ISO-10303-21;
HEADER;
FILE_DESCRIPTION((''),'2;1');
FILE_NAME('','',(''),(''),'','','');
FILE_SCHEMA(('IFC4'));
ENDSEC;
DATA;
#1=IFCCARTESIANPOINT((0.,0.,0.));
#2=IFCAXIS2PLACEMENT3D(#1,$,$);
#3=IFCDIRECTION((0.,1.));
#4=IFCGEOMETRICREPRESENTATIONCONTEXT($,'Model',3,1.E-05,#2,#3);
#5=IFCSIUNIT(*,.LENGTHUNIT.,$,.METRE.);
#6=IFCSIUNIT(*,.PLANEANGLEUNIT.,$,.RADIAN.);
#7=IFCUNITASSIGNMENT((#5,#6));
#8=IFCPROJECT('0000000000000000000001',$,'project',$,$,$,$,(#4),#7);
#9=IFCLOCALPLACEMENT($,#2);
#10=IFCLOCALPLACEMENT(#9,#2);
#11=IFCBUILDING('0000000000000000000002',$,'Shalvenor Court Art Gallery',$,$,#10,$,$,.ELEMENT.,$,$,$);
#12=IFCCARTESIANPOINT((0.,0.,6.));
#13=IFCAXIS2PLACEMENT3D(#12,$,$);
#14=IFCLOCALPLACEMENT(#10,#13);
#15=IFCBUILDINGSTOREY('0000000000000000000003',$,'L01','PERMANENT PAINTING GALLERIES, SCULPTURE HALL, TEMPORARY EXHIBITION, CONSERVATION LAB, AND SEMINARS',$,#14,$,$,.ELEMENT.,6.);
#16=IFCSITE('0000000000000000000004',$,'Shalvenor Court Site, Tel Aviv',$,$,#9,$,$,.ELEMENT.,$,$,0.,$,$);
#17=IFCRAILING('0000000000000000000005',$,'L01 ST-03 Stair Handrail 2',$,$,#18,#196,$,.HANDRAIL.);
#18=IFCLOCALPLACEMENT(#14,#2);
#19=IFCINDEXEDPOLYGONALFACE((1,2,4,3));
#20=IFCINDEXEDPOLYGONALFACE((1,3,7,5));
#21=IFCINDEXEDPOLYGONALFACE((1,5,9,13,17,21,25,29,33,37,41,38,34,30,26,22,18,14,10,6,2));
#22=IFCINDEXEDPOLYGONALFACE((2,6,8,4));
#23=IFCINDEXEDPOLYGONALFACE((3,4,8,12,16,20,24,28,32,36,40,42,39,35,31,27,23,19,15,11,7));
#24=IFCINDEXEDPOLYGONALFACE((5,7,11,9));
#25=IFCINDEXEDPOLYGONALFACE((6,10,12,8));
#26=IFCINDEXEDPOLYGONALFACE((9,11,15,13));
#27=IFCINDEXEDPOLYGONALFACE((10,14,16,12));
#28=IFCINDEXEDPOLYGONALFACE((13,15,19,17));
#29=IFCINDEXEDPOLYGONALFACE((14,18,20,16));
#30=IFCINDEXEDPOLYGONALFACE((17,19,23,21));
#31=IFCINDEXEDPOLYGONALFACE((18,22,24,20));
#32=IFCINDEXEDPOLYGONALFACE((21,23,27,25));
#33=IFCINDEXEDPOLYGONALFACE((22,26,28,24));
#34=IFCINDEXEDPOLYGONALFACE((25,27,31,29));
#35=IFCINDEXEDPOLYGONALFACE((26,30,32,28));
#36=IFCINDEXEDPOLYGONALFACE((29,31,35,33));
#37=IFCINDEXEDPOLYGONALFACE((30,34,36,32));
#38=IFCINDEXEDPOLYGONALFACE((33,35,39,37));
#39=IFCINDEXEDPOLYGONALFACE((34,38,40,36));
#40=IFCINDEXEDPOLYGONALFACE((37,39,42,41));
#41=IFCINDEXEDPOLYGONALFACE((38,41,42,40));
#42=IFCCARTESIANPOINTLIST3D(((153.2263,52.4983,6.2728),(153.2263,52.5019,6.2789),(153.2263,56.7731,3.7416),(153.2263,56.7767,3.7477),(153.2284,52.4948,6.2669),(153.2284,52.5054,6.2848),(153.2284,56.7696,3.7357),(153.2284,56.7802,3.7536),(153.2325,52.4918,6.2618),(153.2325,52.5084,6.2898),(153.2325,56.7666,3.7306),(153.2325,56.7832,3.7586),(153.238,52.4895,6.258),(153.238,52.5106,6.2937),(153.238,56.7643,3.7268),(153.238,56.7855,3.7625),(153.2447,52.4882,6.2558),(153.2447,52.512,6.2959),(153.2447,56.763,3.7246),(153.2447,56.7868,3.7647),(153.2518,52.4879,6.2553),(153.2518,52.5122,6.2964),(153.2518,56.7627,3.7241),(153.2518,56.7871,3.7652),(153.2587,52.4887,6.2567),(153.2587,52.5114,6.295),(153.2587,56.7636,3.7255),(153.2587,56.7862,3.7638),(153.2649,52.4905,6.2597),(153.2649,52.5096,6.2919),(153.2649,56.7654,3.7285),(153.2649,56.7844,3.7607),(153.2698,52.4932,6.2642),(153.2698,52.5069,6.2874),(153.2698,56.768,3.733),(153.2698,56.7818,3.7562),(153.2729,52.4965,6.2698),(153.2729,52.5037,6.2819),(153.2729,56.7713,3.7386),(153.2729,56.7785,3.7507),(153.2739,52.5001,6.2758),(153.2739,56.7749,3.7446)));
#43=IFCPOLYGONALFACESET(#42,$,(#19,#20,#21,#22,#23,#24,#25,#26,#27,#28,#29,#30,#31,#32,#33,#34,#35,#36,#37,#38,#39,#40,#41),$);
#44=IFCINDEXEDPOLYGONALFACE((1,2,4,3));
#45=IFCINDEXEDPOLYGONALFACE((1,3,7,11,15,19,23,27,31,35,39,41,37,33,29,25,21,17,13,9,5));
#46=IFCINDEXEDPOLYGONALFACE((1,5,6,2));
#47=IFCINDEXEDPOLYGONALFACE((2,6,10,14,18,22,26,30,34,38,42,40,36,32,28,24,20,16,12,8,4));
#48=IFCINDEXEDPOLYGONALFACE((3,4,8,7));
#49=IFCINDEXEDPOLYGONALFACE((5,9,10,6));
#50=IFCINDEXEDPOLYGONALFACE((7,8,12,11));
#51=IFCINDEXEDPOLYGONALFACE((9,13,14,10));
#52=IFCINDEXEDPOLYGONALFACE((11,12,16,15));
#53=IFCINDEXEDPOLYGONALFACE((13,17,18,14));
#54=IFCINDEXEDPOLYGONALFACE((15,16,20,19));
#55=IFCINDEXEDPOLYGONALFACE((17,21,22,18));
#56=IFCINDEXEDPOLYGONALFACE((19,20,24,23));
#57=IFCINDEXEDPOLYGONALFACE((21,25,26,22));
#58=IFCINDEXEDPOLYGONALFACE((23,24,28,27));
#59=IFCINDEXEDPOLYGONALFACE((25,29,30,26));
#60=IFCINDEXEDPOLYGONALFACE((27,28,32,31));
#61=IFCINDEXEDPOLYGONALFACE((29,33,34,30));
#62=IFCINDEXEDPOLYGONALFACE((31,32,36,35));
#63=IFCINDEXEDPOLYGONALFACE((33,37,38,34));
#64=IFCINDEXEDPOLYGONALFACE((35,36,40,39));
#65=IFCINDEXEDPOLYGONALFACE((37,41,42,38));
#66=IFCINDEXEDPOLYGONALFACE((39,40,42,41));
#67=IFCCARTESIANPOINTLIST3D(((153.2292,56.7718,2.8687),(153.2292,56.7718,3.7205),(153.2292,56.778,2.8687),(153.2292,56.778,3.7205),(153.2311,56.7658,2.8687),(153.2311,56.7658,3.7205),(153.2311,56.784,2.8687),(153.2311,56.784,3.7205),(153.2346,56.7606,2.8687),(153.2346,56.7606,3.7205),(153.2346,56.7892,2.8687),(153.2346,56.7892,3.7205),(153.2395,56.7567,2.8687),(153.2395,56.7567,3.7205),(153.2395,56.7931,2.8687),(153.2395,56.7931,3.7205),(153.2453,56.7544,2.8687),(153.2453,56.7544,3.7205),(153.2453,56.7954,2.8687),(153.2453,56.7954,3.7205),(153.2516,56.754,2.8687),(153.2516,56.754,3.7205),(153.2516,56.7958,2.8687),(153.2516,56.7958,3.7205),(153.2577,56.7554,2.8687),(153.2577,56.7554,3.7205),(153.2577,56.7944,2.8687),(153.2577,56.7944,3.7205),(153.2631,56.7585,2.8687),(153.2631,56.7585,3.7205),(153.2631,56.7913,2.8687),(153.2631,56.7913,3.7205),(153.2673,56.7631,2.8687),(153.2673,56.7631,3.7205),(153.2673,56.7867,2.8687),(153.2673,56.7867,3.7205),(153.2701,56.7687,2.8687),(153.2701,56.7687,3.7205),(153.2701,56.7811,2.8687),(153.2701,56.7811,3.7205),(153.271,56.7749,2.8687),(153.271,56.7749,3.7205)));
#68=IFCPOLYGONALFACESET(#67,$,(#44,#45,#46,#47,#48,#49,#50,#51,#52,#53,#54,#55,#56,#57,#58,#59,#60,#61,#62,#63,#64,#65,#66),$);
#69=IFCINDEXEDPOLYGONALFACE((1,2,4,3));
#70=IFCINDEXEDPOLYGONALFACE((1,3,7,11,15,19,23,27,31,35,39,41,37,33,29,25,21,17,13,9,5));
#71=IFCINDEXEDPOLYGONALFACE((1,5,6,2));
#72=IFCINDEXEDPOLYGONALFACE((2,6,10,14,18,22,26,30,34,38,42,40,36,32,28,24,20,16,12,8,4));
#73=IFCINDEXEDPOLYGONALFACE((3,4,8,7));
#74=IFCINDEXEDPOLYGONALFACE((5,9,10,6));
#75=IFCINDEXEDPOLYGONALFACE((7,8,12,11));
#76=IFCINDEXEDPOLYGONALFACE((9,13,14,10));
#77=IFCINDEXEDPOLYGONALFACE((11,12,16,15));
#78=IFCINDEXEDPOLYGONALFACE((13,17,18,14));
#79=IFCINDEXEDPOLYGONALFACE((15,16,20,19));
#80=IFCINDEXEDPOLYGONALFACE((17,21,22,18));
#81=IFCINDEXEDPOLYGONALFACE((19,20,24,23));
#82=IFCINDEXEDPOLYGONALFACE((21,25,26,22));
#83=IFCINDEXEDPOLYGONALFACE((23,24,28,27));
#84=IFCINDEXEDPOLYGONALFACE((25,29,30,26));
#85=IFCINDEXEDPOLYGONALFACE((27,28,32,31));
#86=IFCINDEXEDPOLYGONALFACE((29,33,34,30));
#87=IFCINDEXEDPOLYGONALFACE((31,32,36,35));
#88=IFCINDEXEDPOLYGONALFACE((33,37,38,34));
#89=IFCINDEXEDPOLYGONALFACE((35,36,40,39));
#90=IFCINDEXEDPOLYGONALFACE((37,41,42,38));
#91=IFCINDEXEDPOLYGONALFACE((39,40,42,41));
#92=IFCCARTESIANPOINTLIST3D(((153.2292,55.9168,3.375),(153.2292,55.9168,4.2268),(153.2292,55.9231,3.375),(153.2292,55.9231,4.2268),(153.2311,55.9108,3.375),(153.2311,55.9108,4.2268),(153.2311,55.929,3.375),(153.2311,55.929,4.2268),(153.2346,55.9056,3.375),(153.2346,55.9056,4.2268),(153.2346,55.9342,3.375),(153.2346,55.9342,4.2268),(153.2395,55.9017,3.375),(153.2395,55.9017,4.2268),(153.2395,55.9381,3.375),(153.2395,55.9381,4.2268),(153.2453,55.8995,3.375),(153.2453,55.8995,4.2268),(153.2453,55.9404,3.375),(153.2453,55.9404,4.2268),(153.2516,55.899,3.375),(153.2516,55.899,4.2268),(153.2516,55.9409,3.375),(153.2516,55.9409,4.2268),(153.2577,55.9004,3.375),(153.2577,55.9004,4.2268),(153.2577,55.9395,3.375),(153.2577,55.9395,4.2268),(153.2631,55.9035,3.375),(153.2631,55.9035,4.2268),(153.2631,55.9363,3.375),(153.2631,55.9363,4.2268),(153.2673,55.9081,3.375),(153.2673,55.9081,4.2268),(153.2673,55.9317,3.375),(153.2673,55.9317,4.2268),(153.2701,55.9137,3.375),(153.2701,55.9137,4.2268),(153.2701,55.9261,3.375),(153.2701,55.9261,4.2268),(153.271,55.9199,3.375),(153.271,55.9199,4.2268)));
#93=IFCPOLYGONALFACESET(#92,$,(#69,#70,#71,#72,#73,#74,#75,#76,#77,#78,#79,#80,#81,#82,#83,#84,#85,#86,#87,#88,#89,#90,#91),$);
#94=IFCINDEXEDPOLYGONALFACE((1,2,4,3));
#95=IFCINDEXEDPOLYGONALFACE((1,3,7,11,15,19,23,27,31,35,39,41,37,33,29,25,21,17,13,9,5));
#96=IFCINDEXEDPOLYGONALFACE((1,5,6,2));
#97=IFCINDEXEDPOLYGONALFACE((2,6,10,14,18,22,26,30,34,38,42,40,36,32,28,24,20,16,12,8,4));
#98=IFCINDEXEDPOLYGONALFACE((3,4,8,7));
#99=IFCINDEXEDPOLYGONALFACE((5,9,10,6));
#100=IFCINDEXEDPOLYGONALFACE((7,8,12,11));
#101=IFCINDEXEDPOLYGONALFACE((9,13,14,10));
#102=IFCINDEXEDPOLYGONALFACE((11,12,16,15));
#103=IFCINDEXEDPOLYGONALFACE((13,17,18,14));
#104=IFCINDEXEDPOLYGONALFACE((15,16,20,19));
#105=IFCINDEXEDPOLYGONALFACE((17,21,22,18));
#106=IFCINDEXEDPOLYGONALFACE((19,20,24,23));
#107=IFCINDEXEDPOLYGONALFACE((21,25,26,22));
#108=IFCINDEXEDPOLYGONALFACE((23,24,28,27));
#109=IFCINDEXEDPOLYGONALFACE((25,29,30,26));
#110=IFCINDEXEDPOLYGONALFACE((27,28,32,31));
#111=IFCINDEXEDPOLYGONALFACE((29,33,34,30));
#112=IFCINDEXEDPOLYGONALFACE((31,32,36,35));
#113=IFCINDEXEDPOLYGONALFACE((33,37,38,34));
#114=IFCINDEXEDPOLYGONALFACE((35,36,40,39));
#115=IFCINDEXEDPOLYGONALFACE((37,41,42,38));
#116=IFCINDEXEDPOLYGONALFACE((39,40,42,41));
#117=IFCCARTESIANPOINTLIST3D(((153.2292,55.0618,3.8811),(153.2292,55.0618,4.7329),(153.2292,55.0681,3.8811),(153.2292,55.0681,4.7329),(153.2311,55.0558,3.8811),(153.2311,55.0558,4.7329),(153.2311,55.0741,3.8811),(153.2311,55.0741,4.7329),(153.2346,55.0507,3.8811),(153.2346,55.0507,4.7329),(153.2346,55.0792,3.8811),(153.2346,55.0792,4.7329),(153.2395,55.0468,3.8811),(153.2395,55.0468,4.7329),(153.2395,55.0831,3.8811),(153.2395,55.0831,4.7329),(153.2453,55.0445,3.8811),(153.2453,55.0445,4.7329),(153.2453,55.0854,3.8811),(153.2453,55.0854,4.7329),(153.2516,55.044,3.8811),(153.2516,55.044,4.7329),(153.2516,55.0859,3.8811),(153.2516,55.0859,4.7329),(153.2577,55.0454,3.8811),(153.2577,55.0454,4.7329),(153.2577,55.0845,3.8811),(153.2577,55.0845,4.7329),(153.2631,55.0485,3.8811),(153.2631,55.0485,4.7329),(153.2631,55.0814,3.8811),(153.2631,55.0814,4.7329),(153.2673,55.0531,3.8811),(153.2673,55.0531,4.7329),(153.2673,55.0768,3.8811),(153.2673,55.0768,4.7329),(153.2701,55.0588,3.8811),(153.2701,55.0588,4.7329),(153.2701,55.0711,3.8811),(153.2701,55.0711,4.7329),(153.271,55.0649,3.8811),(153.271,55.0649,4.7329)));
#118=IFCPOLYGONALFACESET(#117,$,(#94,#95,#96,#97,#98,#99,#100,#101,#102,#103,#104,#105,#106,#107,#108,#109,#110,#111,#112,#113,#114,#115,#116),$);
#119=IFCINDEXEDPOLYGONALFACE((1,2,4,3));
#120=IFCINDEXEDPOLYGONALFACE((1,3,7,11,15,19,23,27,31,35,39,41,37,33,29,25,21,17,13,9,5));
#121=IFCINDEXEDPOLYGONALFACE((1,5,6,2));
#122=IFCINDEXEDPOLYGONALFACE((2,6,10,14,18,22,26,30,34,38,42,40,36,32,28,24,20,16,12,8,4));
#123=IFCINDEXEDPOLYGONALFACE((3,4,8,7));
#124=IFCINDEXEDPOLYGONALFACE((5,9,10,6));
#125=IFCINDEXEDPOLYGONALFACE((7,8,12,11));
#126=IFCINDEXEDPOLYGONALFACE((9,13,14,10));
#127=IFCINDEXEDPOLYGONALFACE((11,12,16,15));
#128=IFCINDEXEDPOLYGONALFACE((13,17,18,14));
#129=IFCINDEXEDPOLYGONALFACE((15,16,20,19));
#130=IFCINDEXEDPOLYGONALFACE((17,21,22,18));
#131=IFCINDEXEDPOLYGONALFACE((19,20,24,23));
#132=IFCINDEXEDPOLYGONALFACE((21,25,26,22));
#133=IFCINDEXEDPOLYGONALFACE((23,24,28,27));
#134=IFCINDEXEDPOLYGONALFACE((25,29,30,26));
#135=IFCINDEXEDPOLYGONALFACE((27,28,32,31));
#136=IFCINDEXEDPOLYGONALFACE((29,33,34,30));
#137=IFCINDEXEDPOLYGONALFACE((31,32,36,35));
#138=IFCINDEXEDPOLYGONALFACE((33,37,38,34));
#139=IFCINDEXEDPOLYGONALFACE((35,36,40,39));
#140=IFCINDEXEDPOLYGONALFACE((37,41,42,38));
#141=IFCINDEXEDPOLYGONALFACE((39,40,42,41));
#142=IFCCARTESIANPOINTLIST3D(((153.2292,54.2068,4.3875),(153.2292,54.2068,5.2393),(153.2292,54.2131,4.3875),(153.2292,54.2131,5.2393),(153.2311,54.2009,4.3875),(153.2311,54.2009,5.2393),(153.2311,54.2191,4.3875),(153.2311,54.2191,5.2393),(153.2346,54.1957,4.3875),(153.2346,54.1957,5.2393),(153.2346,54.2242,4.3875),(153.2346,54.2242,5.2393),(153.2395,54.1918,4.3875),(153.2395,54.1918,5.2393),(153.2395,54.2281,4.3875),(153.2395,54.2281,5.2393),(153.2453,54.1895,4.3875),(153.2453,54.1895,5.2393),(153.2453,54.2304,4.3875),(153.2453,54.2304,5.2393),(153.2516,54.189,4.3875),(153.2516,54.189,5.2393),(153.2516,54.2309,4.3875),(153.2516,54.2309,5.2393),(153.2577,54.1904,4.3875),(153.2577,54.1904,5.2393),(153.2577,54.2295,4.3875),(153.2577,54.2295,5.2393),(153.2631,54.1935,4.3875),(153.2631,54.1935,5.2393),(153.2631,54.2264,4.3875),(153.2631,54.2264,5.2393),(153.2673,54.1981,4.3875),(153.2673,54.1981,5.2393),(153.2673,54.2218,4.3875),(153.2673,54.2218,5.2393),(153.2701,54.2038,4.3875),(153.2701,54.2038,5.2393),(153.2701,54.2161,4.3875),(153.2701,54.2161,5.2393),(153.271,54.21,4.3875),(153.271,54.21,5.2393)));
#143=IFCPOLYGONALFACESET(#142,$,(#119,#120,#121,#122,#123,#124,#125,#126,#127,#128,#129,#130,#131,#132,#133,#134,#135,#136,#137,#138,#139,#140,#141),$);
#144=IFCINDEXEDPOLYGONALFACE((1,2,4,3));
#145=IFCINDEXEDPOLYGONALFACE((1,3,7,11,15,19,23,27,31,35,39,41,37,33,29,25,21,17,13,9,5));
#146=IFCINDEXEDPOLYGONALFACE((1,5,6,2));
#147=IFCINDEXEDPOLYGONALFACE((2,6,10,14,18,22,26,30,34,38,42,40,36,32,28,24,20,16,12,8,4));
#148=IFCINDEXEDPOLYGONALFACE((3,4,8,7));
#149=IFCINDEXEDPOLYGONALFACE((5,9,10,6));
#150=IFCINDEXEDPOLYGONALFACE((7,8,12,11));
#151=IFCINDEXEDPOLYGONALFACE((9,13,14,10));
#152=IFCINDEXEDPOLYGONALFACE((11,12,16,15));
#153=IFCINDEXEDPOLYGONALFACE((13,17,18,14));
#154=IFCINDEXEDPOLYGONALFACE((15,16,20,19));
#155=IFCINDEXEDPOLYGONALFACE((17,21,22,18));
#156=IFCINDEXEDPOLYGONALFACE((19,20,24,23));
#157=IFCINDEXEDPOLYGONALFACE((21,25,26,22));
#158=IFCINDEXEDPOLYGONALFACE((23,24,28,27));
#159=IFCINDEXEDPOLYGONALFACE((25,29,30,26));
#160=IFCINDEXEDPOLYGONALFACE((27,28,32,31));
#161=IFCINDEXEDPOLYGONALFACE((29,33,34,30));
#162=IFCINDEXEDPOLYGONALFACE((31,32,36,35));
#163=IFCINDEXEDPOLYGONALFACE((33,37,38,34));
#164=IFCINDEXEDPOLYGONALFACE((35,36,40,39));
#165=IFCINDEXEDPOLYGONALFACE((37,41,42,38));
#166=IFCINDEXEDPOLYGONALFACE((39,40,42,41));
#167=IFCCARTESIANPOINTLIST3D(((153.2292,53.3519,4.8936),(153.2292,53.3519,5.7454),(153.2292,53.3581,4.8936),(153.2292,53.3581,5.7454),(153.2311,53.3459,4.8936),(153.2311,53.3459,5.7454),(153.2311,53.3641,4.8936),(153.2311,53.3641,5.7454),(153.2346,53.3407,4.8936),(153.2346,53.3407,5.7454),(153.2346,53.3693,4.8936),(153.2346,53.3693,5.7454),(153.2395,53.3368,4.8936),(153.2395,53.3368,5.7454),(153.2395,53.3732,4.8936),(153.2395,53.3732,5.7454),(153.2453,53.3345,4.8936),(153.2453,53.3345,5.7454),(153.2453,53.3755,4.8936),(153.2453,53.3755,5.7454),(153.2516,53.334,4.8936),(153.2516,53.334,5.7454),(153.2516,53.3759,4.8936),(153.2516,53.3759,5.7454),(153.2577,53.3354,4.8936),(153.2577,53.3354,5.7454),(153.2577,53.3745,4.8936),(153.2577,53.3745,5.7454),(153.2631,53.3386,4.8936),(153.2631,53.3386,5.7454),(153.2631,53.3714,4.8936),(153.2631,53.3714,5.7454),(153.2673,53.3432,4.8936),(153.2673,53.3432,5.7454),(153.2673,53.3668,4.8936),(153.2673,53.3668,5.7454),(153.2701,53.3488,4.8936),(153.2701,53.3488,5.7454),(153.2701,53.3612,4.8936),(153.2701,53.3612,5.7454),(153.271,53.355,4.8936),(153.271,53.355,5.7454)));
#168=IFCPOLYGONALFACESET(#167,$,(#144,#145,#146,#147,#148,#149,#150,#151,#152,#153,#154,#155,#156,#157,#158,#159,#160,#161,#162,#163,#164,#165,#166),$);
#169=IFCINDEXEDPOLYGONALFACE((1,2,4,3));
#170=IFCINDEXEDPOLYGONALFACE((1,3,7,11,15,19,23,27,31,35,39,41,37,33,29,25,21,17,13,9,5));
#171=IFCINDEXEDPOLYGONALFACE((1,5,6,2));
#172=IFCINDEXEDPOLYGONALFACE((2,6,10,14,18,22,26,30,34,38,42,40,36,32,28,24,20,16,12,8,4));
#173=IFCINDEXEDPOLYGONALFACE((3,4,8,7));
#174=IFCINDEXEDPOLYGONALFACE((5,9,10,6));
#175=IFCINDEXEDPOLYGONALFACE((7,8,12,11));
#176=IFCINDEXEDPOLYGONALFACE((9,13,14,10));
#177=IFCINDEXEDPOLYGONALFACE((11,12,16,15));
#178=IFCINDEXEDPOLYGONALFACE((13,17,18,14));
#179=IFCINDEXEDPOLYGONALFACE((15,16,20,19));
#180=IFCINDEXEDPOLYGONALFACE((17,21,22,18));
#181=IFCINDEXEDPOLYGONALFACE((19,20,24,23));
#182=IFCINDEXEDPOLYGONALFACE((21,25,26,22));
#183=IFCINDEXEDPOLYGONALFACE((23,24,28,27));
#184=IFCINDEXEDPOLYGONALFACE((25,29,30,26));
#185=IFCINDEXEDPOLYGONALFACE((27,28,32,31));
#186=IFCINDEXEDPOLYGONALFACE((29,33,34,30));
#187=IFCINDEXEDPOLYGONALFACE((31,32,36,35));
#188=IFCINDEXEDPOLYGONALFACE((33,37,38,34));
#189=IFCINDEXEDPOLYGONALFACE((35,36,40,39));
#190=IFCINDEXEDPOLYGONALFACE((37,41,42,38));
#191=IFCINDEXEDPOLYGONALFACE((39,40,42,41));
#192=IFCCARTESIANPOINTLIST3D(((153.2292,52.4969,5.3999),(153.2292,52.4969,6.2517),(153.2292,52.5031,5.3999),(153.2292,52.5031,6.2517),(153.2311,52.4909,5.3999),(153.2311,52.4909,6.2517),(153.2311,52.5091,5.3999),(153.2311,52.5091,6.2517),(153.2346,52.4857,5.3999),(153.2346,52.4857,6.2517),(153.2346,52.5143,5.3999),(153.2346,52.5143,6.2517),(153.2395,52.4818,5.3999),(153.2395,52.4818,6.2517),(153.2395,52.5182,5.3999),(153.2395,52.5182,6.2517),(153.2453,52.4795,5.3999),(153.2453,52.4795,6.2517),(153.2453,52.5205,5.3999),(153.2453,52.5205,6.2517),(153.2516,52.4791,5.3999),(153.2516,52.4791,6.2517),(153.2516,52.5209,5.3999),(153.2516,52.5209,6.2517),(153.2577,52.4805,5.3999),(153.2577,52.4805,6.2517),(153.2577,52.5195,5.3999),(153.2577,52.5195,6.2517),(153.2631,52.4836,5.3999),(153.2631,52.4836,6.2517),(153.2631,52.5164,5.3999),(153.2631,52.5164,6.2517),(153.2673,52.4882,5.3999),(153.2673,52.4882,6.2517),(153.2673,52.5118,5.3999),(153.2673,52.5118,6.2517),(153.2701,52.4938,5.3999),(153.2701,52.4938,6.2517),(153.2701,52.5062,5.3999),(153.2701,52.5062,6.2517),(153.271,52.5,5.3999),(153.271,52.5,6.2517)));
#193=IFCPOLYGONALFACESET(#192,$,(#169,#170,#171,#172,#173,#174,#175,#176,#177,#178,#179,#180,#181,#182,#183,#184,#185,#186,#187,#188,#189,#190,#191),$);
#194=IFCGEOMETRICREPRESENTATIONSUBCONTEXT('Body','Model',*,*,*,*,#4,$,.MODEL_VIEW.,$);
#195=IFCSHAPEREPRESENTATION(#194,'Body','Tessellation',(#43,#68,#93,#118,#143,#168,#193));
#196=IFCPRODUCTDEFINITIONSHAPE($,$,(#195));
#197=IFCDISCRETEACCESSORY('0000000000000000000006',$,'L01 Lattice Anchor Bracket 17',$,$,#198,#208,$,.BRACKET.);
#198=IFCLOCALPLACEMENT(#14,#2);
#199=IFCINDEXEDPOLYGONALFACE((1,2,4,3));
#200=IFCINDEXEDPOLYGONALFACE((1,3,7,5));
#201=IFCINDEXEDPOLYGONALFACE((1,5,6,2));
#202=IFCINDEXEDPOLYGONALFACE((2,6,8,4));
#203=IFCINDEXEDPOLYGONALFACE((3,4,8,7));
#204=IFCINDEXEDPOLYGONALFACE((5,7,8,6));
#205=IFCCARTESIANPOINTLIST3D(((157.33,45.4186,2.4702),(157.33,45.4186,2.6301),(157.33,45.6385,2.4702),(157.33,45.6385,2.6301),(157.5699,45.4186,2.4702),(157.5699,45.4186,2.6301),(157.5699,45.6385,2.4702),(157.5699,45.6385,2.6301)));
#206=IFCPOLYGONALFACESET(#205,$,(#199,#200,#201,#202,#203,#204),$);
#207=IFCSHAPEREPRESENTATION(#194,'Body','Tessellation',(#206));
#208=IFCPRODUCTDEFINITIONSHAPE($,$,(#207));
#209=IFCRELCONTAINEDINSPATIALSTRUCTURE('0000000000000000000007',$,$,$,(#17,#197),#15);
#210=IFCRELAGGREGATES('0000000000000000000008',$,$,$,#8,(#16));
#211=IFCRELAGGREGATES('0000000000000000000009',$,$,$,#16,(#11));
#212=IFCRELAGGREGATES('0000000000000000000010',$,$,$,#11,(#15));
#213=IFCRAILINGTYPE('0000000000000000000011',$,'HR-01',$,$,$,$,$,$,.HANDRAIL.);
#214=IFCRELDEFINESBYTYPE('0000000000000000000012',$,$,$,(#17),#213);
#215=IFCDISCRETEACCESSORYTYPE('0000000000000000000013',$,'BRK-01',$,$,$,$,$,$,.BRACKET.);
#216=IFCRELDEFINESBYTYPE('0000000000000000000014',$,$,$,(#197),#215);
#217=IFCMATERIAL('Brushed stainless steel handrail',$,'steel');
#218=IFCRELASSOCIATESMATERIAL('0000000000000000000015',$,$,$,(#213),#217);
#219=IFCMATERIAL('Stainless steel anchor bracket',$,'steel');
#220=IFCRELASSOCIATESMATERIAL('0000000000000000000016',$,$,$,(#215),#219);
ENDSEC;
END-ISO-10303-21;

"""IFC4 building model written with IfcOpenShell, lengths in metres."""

from ifc_helpers import new_model, si_unit, direction, frame, origin, origin_2d, place, context, subcontext, project, spatial, rectangle, circle, extrude, material, type_object, element, save


model = new_model("IFC4")

# Units and contexts
model_context = context("Model", 3, precision=1e-05, world=origin(), true_north=direction((0.0, 1.0)))
body_context = subcontext(model_context, "Body", "Model", "MODEL_VIEW")
ifc_project = project(units=[si_unit("LENGTHUNIT", "METRE"), si_unit("PLANEANGLEUNIT", "RADIAN")], contexts=[model_context])

# Site, building, storey
site_placement = place(None, origin())
site = spatial("IfcSite", under=ifc_project, at=site_placement, Name="Shalvenor Court Site, Tel Aviv", CompositionType="ELEMENT", RefElevation=0.0)
building_placement = place(site_placement, origin())
building = spatial("IfcBuilding", under=site, at=building_placement, Name="Shalvenor Court Art Gallery", CompositionType="ELEMENT")
storey_placement = place(building_placement, frame((0.0, 0.0, 6.0)))
storey = spatial("IfcBuildingStorey", under=building, at=storey_placement, Name="L01", Description="PERMANENT PAINTING GALLERIES, SCULPTURE HALL, TEMPORARY EXHIBITION, CONSERVATION LAB, AND SEMINARS", CompositionType="ELEMENT", Elevation=6.0)

# Railing
ifc_material_1 = material(Name="Brushed stainless steel handrail", Category="steel")
railing_type_1 = type_object("IfcRailingType", Name="HR-01", PredefinedType="HANDRAIL", material=ifc_material_1)
railing_1_placement = place(storey_placement, frame((153.25, 56.7749, 2.8687)))
element("IfcRailing", 1, at=railing_1_placement, inside=storey, type_object=railing_type_1, Name="L01 ST-03 Stair Handrail 2", PredefinedType="HANDRAIL", context=body_context, shape_type="SweptSolid", body=[
    extrude(circle(Radius=0.0239, at=origin_2d()), frame((0.0, 0.0, 0.876), z_axis=(0.0, -0.86047, 0.509501), x_axis=(1.0, 0.0, 0.0)), (0.0, 0.0, 1.0), 4.968),
    extrude(circle(Radius=0.021, at=origin_2d()), origin(), (0.0, 0.0, 1.0), 0.8518),
    extrude(circle(Radius=0.021, at=origin_2d()), frame((0.0, -0.855, 0.5063)), (0.0, 0.0, 1.0), 0.8518),
    extrude(circle(Radius=0.021, at=origin_2d()), frame((0.0, -1.71, 1.0125)), (0.0, 0.0, 1.0), 0.8518),
    extrude(circle(Radius=0.021, at=origin_2d()), frame((0.0, -2.5649, 1.5188)), (0.0, 0.0, 1.0), 0.8518),
    extrude(circle(Radius=0.021, at=origin_2d()), frame((0.0, -3.4199, 2.0249)), (0.0, 0.0, 1.0), 0.8518),
    extrude(circle(Radius=0.021, at=origin_2d()), frame((0.0, -4.2749, 2.5312)), (0.0, 0.0, 1.0), 0.8518),
])

# Discrete accessory
ifc_material_2 = material(Name="Stainless steel anchor bracket", Category="steel")
discrete_accessory_type = type_object("IfcDiscreteAccessoryType", Name="BRK-01", PredefinedType="BRACKET", material=ifc_material_2)
for number, where, z_axis, x_axis, name in (
    (2, (157.45, 45.5286, 2.4702), (0.0, 0.0, 1.0), (-1.0, 0.0, 0.0), "L01 Lattice Anchor Bracket 17"),
):
    element("IfcDiscreteAccessory", number, at=place(storey_placement, frame(where, z_axis=z_axis, x_axis=x_axis)), inside=storey, type_object=discrete_accessory_type, Name=name, PredefinedType="BRACKET", context=body_context, shape_type="SweptSolid", body=[
        extrude(rectangle(XDim=0.24, YDim=0.22, at=origin_2d()), origin(), (0.0, 0.0, 1.0), 0.1599),
    ])

save(model, "model.ifc")
